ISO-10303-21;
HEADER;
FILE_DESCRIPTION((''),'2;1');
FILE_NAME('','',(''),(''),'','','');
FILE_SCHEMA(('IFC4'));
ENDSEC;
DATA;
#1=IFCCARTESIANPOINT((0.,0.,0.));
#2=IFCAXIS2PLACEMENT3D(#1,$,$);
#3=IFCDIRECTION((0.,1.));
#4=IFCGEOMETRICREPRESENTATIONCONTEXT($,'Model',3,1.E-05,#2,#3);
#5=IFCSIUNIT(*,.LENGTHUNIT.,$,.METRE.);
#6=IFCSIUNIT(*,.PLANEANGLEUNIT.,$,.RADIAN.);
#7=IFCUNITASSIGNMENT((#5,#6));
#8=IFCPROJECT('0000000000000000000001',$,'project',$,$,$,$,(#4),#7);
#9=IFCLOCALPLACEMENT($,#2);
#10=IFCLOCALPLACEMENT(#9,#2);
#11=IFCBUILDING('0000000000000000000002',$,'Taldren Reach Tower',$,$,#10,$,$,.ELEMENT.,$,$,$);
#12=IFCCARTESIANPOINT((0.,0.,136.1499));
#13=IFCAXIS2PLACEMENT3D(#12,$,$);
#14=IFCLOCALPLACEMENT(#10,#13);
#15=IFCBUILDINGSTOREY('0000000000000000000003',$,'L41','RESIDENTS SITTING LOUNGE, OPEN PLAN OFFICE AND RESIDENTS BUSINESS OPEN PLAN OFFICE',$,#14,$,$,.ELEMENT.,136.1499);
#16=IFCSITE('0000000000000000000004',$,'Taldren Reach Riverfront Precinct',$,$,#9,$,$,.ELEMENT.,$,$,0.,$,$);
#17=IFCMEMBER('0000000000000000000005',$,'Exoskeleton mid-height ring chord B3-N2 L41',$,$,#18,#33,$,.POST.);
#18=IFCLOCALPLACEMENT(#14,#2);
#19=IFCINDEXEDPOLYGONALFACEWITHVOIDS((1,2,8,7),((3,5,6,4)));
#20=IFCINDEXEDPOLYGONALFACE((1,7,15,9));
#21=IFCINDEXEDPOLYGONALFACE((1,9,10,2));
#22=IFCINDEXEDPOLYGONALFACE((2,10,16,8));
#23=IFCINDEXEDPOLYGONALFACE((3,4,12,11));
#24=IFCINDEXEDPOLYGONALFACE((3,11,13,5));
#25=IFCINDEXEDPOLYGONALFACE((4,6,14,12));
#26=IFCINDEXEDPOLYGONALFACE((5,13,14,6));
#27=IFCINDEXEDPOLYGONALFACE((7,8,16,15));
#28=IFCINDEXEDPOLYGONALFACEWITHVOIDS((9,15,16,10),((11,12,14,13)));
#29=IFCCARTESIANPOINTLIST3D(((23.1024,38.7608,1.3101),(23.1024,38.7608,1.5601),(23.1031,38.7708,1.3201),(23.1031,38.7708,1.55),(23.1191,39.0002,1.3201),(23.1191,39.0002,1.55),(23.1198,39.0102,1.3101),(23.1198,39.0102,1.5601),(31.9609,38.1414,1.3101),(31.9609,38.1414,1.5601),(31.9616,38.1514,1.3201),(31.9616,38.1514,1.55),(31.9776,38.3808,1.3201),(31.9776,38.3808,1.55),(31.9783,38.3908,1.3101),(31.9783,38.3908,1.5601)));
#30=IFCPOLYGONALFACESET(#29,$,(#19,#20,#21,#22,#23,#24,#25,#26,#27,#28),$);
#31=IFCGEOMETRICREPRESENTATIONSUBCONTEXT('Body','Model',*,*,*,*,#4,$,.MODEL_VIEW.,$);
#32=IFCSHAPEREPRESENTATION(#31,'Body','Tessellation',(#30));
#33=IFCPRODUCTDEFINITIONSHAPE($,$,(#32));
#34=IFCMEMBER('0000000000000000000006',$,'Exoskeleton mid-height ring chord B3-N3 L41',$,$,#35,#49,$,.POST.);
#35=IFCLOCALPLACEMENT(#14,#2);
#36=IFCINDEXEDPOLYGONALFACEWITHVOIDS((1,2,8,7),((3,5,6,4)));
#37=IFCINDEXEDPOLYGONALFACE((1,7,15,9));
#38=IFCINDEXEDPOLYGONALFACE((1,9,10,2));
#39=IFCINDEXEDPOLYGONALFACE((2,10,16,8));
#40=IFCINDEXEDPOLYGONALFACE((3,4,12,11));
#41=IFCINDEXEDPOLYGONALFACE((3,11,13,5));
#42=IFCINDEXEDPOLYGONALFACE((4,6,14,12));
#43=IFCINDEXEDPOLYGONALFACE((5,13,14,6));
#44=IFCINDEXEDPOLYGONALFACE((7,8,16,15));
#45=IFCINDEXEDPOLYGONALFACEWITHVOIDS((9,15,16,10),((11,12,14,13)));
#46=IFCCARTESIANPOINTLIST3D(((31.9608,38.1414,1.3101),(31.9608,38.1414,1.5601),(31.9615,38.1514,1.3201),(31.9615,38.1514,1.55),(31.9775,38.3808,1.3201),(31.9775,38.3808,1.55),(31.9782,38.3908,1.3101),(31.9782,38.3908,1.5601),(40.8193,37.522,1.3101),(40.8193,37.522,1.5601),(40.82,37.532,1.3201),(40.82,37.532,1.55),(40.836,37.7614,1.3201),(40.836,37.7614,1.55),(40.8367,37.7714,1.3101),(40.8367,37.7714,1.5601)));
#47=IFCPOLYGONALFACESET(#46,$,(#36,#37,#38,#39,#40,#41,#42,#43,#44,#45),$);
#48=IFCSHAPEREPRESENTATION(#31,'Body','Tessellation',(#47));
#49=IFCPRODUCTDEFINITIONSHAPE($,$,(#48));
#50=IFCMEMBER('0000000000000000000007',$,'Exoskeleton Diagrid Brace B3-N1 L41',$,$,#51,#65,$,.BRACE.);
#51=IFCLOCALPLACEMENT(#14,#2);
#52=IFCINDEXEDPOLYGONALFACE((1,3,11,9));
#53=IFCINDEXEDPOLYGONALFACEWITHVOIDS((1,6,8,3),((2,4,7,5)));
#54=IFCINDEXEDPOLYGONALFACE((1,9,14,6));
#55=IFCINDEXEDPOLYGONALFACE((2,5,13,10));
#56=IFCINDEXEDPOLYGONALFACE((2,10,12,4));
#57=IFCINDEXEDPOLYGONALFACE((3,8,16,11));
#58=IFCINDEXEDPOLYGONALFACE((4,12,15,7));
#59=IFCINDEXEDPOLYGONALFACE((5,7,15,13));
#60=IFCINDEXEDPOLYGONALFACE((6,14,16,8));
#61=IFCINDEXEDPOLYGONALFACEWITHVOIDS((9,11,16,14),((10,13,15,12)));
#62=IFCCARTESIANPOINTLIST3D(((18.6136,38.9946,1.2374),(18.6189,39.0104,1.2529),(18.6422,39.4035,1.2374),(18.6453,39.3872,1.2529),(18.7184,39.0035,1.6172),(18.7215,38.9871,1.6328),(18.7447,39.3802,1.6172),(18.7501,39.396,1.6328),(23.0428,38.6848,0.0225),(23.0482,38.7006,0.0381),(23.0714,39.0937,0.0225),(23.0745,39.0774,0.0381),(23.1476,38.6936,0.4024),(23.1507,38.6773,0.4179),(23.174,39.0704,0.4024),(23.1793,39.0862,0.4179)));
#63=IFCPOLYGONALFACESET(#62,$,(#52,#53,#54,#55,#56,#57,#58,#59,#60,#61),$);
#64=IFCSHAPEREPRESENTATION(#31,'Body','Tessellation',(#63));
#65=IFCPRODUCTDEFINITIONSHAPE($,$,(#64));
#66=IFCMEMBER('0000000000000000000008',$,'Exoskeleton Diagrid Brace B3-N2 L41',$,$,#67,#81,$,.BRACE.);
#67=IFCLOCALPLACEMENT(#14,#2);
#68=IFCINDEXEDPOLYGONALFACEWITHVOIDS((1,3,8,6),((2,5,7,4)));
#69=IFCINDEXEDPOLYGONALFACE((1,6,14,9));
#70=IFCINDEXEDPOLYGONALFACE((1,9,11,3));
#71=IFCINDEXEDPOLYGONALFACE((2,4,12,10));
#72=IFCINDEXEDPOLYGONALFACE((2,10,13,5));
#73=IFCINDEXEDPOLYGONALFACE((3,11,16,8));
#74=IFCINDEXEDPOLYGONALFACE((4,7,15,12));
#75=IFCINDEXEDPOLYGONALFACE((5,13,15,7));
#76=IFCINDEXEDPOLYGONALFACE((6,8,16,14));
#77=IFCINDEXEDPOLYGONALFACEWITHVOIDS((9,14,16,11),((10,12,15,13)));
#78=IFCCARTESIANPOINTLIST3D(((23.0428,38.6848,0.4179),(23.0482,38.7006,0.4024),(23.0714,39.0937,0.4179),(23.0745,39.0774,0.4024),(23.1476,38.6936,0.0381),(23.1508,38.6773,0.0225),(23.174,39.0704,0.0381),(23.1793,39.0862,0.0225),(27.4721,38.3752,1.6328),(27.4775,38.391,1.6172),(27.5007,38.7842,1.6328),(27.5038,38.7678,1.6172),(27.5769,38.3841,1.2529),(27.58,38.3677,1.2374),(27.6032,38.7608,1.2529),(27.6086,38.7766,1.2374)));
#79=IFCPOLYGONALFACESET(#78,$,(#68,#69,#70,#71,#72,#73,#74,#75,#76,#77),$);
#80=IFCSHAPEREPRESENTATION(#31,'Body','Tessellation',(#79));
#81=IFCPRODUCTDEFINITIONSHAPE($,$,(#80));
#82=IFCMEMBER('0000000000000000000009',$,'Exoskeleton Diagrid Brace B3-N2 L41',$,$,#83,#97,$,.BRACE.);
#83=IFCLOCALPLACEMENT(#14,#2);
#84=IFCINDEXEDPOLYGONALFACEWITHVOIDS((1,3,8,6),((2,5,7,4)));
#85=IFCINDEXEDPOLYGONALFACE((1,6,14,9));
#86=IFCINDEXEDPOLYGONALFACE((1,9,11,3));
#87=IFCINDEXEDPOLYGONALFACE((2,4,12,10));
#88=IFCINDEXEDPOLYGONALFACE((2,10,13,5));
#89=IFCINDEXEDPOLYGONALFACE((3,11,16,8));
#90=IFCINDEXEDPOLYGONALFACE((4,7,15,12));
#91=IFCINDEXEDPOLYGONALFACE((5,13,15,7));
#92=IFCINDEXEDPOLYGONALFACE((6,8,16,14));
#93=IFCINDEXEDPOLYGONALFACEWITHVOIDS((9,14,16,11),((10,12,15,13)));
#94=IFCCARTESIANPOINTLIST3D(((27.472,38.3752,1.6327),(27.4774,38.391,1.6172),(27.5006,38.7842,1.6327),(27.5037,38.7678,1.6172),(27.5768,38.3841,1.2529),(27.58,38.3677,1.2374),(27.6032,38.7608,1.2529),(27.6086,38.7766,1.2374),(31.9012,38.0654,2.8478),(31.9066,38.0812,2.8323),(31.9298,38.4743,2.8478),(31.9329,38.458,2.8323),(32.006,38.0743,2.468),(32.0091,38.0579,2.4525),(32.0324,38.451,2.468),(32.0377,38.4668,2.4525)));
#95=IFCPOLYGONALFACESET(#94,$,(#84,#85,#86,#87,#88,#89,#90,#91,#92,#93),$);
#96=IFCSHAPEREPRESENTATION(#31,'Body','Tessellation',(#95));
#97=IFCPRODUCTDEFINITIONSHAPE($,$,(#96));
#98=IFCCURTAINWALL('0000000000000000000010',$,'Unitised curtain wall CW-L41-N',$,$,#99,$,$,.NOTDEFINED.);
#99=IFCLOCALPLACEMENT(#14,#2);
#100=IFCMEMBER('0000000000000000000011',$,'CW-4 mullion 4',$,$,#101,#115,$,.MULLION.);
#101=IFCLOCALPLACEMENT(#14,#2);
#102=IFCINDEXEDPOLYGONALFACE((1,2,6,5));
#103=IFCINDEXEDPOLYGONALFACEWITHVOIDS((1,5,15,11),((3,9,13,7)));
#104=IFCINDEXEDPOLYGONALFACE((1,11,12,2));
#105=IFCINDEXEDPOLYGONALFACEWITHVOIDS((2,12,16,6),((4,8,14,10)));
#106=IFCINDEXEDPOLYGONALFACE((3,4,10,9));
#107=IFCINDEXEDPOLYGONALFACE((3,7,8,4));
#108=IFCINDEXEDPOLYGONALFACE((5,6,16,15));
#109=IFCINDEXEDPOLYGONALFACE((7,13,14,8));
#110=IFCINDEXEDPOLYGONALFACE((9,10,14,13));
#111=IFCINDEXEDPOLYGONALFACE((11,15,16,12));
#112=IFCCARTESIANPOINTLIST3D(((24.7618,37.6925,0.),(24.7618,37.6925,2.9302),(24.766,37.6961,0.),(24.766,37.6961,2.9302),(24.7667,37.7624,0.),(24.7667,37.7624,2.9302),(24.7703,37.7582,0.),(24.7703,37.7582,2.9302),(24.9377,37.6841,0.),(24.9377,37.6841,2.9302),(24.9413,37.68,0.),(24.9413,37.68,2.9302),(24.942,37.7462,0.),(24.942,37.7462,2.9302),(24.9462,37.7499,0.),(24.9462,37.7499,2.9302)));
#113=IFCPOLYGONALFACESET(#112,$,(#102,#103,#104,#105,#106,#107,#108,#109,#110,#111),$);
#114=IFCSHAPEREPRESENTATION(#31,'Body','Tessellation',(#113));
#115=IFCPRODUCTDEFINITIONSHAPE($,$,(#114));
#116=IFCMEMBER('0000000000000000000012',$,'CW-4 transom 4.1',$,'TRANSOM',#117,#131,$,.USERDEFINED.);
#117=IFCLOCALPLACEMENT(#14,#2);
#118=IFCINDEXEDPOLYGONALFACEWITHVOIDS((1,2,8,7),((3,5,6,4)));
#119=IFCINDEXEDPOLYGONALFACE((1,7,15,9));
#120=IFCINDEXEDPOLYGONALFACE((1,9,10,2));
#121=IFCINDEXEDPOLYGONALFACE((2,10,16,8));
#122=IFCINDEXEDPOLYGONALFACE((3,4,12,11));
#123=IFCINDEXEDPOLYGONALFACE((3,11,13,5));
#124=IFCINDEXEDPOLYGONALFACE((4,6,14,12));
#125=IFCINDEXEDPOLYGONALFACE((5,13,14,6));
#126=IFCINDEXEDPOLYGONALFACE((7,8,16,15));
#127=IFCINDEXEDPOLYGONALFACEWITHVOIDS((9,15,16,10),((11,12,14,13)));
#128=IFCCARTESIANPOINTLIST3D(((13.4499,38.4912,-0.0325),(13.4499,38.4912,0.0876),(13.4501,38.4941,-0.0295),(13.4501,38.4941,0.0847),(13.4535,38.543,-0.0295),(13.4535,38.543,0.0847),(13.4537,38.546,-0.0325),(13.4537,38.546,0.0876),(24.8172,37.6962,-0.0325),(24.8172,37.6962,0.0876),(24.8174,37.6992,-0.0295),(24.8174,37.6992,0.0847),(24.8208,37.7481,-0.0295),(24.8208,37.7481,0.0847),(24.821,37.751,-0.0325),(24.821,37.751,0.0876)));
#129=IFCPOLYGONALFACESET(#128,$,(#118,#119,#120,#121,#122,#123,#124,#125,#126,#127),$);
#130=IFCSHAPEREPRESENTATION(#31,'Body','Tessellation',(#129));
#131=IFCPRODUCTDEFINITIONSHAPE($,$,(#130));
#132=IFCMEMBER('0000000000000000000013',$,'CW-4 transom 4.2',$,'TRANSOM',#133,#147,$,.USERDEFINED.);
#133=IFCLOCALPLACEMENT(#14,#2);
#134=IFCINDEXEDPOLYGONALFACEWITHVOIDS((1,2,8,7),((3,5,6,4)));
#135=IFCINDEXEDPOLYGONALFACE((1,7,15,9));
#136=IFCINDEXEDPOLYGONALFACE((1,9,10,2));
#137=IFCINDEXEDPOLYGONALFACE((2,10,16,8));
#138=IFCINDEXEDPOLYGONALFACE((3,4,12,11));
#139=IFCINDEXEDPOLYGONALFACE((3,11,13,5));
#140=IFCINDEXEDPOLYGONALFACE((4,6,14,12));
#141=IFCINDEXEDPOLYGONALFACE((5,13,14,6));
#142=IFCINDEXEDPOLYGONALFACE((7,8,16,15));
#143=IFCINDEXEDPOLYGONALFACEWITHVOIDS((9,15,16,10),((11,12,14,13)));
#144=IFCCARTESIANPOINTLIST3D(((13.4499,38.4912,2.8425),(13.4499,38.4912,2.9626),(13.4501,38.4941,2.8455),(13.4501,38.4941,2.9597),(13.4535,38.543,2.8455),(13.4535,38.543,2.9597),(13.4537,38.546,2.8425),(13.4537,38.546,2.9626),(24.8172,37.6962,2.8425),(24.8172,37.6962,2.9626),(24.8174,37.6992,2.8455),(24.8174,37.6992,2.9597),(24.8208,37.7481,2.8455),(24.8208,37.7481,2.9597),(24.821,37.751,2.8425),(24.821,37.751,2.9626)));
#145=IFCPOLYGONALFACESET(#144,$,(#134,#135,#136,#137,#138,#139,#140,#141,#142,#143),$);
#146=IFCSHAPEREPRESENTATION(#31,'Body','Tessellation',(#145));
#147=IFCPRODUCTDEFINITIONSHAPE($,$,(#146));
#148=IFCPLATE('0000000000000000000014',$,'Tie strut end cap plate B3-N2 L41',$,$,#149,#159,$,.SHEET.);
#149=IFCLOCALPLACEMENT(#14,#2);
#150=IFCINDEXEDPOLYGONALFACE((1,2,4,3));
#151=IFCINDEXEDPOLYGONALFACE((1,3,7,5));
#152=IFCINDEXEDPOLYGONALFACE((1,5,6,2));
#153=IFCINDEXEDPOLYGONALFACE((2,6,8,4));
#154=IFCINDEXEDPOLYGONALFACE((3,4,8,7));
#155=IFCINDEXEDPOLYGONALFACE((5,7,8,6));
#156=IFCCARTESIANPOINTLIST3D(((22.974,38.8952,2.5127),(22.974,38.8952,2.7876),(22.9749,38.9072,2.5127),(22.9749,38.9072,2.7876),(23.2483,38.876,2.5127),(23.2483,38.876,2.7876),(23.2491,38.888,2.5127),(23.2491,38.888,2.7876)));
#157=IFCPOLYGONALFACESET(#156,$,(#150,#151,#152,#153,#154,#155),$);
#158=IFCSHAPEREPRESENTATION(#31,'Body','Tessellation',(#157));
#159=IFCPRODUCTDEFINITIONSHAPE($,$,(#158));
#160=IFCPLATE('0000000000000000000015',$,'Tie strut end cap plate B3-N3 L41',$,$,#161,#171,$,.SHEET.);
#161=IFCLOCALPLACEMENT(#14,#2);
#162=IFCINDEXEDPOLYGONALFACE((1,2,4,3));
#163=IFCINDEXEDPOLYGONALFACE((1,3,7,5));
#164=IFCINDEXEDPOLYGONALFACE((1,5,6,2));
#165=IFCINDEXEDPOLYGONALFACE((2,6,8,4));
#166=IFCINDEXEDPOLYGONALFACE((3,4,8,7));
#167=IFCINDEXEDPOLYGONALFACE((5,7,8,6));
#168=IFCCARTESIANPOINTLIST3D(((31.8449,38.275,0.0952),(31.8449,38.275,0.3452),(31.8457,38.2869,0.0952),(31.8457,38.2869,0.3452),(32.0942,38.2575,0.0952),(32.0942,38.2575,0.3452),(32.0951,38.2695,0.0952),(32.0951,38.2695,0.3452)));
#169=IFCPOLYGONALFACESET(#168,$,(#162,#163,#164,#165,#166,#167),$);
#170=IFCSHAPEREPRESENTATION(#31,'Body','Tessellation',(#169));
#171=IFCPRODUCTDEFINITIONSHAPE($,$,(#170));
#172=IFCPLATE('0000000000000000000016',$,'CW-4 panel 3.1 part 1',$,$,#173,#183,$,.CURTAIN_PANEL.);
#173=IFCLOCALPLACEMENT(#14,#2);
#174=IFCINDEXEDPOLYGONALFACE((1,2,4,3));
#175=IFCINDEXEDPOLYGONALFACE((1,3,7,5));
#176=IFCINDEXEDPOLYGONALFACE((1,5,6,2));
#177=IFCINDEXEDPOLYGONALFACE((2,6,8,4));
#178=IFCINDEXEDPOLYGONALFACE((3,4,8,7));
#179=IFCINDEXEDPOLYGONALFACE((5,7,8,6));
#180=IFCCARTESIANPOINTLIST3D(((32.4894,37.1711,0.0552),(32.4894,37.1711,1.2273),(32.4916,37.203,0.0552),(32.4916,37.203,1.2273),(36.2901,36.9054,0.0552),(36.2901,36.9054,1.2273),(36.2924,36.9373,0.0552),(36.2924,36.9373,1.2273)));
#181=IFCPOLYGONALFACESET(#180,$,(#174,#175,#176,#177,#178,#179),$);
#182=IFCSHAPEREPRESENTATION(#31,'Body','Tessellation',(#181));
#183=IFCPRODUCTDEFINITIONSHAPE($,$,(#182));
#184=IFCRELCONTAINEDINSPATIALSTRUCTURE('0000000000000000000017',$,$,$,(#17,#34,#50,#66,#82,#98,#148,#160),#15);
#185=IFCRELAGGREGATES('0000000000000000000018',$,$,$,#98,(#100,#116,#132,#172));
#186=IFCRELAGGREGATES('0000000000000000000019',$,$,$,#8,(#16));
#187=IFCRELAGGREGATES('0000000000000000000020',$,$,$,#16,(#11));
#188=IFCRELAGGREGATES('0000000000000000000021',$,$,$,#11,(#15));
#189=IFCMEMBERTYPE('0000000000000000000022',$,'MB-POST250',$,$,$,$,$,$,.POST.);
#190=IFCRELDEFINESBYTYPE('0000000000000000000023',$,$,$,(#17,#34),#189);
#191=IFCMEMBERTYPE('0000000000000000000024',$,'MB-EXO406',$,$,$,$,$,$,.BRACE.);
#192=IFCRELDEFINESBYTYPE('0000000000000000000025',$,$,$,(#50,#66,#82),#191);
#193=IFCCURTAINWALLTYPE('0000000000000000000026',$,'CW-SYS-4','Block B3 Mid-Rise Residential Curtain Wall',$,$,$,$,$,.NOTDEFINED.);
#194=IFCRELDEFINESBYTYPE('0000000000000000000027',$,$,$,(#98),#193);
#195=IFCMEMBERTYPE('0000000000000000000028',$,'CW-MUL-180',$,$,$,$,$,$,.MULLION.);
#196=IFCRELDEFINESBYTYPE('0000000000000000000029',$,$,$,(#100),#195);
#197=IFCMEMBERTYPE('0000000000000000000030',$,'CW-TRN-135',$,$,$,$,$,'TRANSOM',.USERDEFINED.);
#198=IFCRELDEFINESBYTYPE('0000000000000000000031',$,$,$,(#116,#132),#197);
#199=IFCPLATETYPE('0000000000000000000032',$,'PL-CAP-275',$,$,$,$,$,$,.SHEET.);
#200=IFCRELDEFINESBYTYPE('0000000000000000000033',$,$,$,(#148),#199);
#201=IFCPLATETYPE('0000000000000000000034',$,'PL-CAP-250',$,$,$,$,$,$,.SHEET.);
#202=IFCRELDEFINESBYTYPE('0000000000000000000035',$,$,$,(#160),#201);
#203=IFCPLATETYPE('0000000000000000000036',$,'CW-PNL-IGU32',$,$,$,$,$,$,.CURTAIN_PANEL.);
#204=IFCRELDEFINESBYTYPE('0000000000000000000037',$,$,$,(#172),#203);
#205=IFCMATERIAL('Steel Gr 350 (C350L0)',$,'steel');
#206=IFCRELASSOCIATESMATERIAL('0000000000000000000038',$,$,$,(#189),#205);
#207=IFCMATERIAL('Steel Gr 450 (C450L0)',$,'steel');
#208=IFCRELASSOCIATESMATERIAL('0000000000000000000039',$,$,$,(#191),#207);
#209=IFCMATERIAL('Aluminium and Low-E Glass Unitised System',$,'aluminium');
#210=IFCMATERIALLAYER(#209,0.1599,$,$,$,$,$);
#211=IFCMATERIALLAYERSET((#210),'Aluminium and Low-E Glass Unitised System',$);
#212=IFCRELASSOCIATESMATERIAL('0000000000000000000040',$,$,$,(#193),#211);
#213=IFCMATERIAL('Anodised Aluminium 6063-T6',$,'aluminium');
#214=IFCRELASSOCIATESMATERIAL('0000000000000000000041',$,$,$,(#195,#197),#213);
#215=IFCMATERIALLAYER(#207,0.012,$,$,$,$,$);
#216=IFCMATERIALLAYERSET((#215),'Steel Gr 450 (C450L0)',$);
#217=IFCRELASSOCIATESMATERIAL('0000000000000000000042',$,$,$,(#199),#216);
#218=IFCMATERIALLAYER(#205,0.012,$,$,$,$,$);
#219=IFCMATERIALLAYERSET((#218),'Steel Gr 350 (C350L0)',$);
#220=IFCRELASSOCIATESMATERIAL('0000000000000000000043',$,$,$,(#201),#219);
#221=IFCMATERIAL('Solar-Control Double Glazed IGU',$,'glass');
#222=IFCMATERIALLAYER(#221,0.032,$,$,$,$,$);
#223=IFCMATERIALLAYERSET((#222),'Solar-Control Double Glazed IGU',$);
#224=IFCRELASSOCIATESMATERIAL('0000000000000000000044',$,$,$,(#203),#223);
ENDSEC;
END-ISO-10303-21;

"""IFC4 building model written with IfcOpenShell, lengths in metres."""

from ifc_helpers import new_model, si_unit, direction, frame, origin, origin_2d, place, context, subcontext, project, spatial, rectangle, hollow_rectangle, extrude, source, transform, mapped, material, layer, layer_set, material_profile, profile_set, type_object, element, aggregate, save


model = new_model("IFC4")

# Units and contexts
model_context = context("Model", 3, precision=1e-05, world=origin(), true_north=direction((0.0, 1.0)))
body_context = subcontext(model_context, "Body", "Model", "MODEL_VIEW")
ifc_project = project(units=[si_unit("LENGTHUNIT", "METRE"), si_unit("PLANEANGLEUNIT", "RADIAN")], contexts=[model_context])

# Site, building, storey
site_placement = place(None, origin())
site = spatial("IfcSite", under=ifc_project, at=site_placement, Name="Taldren Reach Riverfront Precinct", CompositionType="ELEMENT", RefElevation=0.0)
building_placement = place(site_placement, origin())
building = spatial("IfcBuilding", under=site, at=building_placement, Name="Taldren Reach Tower", CompositionType="ELEMENT")
storey_placement = place(building_placement, frame((0.0, 0.0, 136.1499)))
storey = spatial("IfcBuildingStorey", under=building, at=storey_placement, Name="L41", Description="RESIDENTS SITTING LOUNGE, OPEN PLAN OFFICE AND RESIDENTS BUSINESS OPEN PLAN OFFICE", CompositionType="ELEMENT", Elevation=136.1499)

# Shared definitions
ifc_material_1 = material(Name="Steel Gr 450 (C450L0)", Category="steel")
ifc_material_2 = material(Name="Steel Gr 350 (C350L0)", Category="steel")
ifc_material_profile_1 = material_profile(ifc_material_2, hollow_rectangle(XDim=0.25, YDim=0.25, WallThickness=0.01, at=origin_2d()), Name="250x250x10.0SHS")
ifc_profile_set_1 = profile_set([ifc_material_profile_1], Name="Steel Gr 350 (C350L0)")
member_type_1 = type_object("IfcMemberType", Name="MB-POST250", PredefinedType="POST", material=ifc_profile_set_1)

# Members
shared_shape_1 = source(origin(), body_context, "Body", "SweptSolid", [
    extrude(hollow_rectangle(XDim=0.25, YDim=0.25, WallThickness=0.01, at=origin_2d()), origin(), (0.0, 0.0, 1.0), 8.8801),
])
for number, where, z_axis, x_axis, name in (
    (1, (23.1111, 38.8855, 1.4351), (0.997564, -0.06975, 0.0), (0.06975, 0.997564, 0.0), "Exoskeleton mid-height ring chord B3-N2 L41"),
    (2, (31.9695, 38.2661, 1.4351), (0.997564, -0.06975, 0.0), (0.06975, 0.997564, 0.0), "Exoskeleton mid-height ring chord B3-N3 L41"),
):
    element("IfcMember", number, at=place(storey_placement, frame(where, z_axis=z_axis, x_axis=x_axis)), inside=storey, type_object=member_type_1, Name=name, PredefinedType="POST", context=body_context, shape_type="MappedRepresentation", body=[
        mapped(shared_shape_1, transform((0.0, 0.0, 0.0), scale=1.0)),
    ])
ifc_material_profile_2 = material_profile(ifc_material_1, hollow_rectangle(XDim=0.4099, YDim=0.4099, WallThickness=0.0161, at=origin_2d()), Name="410x410x16.0SHS")
ifc_profile_set_2 = profile_set([ifc_material_profile_2], Name="Steel Gr 450 (C450L0)")
member_type_2 = type_object("IfcMemberType", Name="MB-EXO406", PredefinedType="BRACE", material=ifc_profile_set_2)
shared_shape_2 = source(origin(), body_context, "Body", "SweptSolid", [
    extrude(hollow_rectangle(XDim=0.4099, YDim=0.4099, WallThickness=0.0161, at=origin_2d()), origin(), (0.0, 0.0, 1.0), 4.6033),
])
for number, where, z_axis, x_axis, name in (
    (3, (23.1111, 38.8855, 0.2202), (-0.962196, 0.067304, 0.263912), (-0.069778, -0.997563, 0.0), "Exoskeleton Diagrid Brace B3-N1 L41"),
    (4, (23.1111, 38.8855, 0.2202), (0.962199, -0.067251, 0.263913), (0.069723, 0.997566, 0.0), "Exoskeleton Diagrid Brace B3-N2 L41"),
    (5, (27.5403, 38.5759, 1.4351), (0.962182, -0.067303, 0.263961), (0.069778, 0.997563, 0.0), "Exoskeleton Diagrid Brace B3-N2 L41"),
):
    element("IfcMember", number, at=place(storey_placement, frame(where, z_axis=z_axis, x_axis=x_axis)), inside=storey, type_object=member_type_2, Name=name, PredefinedType="BRACE", context=body_context, shape_type="MappedRepresentation", body=[
        mapped(shared_shape_2, transform((0.0, 0.0, 0.0), scale=1.0)),
    ])

# Curtain wall, members
ifc_material_3 = material(Name="Aluminium and Low-E Glass Unitised System", Category="aluminium")
ifc_layer_1 = layer(ifc_material_3, 0.1599)
ifc_layer_set_1 = layer_set([ifc_layer_1], Name="Aluminium and Low-E Glass Unitised System")
curtain_wall_type = type_object("IfcCurtainWallType", Name="CW-SYS-4", Description="Block B3 Mid-Rise Residential Curtain Wall", PredefinedType="NOTDEFINED", material=ifc_layer_set_1)
curtain_wall_placement = place(storey_placement, origin())
curtain_wall = element("IfcCurtainWall", 6, at=curtain_wall_placement, inside=storey, type_object=curtain_wall_type, Name="Unitised curtain wall CW-L41-N", PredefinedType="NOTDEFINED")
ifc_material_4 = material(Name="Anodised Aluminium 6063-T6", Category="aluminium")
ifc_material_profile_3 = material_profile(ifc_material_4, hollow_rectangle(XDim=0.0701, YDim=0.1799, WallThickness=0.0039, at=origin_2d()), Name="ALU-180x70x4RHS")
ifc_profile_set_3 = profile_set([ifc_material_profile_3], Name="Anodised Aluminium 6063-T6")
member_type_3 = type_object("IfcMemberType", Name="CW-MUL-180", PredefinedType="MULLION", material=ifc_profile_set_3)
shared_shape_3 = source(origin(), body_context, "Body", "SweptSolid", [
    extrude(hollow_rectangle(XDim=0.0701, YDim=0.1799, WallThickness=0.0039, at=origin_2d()), origin(), (0.0, 0.0, 1.0), 2.9302),
])
member_1_placement = place(storey_placement, frame((24.854, 37.7212, 0.0), z_axis=(0.0, 0.0, 1.0), x_axis=(-0.069757, -0.997564, 0.0)))
member_1 = element("IfcMember", 7, at=member_1_placement, type_object=member_type_3, Name="CW-4 mullion 4", PredefinedType="MULLION", context=body_context, shape_type="MappedRepresentation", body=[
    mapped(shared_shape_3, transform((0.0, 0.0, 0.0), scale=1.0)),
])
ifc_material_profile_4 = material_profile(ifc_material_4, hollow_rectangle(XDim=0.0549, YDim=0.1201, WallThickness=0.0029, at=origin_2d()), Name="ALU-120x55x3RHS")
ifc_profile_set_4 = profile_set([ifc_material_profile_4], Name="Anodised Aluminium 6063-T6")
member_type_4 = type_object("IfcMemberType", Name="CW-TRN-135", ElementType="TRANSOM", PredefinedType="USERDEFINED", material=ifc_profile_set_4)
shared_shape_4 = source(origin(), body_context, "Body", "SweptSolid", [
    extrude(hollow_rectangle(XDim=0.0549, YDim=0.1201, WallThickness=0.0029, at=origin_2d()), origin(), (0.0, 0.0, 1.0), 11.395),
])
member_2_placement = place(storey_placement, frame((24.8191, 37.7236, 0.0276), z_axis=(-0.997564, 0.069761, 0.0), x_axis=(-0.069761, -0.997564, 0.0)))
member_2 = element("IfcMember", 8, at=member_2_placement, type_object=member_type_4, Name="CW-4 transom 4.1", ObjectType="TRANSOM", PredefinedType="USERDEFINED", context=body_context, shape_type="MappedRepresentation", body=[
    mapped(shared_shape_4, transform((0.0, 0.0, 0.0), scale=1.0)),
])
member_3_placement = place(storey_placement, frame((24.8191, 37.7236, 2.9026), z_axis=(-0.997564, 0.069761, 0.0), x_axis=(-0.069761, -0.997564, 0.0)))
member_3 = element("IfcMember", 9, at=member_3_placement, type_object=member_type_4, Name="CW-4 transom 4.2", ObjectType="TRANSOM", PredefinedType="USERDEFINED", context=body_context, shape_type="MappedRepresentation", body=[
    mapped(shared_shape_4, transform((0.0, 0.0, 0.0), scale=1.0)),
])

# Plates
ifc_layer_2 = layer(ifc_material_1, 0.012)
ifc_layer_set_2 = layer_set([ifc_layer_2], Name="Steel Gr 450 (C450L0)")
plate_type_1 = type_object("IfcPlateType", Name="PL-CAP-275", PredefinedType="SHEET", material=ifc_layer_set_2)
shared_shape_5 = source(origin(), body_context, "Body", "SweptSolid", [
    extrude(rectangle(XDim=0.2749, YDim=0.012, at=origin_2d()), origin(), (0.0, 0.0, 1.0), 0.2749),
])
plate_1_placement = place(storey_placement, frame((23.1116, 38.8916, 2.5127), z_axis=(0.0, 0.0, 1.0), x_axis=(0.997564, -0.069756, 0.0)))
element("IfcPlate", 10, at=plate_1_placement, inside=storey, type_object=plate_type_1, Name="Tie strut end cap plate B3-N2 L41", PredefinedType="SHEET", context=body_context, shape_type="MappedRepresentation", body=[
    mapped(shared_shape_5, transform((0.0, 0.0, 0.0), scale=1.0)),
])
ifc_layer_3 = layer(ifc_material_2, 0.012)
ifc_layer_set_3 = layer_set([ifc_layer_3], Name="Steel Gr 350 (C350L0)")
plate_type_2 = type_object("IfcPlateType", Name="PL-CAP-250", PredefinedType="SHEET", material=ifc_layer_set_3)
shared_shape_6 = source(origin(), body_context, "Body", "SweptSolid", [
    extrude(rectangle(XDim=0.25, YDim=0.012, at=origin_2d()), origin(), (0.0, 0.0, 1.0), 0.25),
])
plate_2_placement = place(storey_placement, frame((31.97, 38.2722, 0.0952), z_axis=(0.0, 0.0, 1.0), x_axis=(0.997564, -0.069756, 0.0)))
element("IfcPlate", 11, at=plate_2_placement, inside=storey, type_object=plate_type_2, Name="Tie strut end cap plate B3-N3 L41", PredefinedType="SHEET", context=body_context, shape_type="MappedRepresentation", body=[
    mapped(shared_shape_6, transform((0.0, 0.0, 0.0), scale=1.0)),
])

# Plate
ifc_material_5 = material(Name="Solar-Control Double Glazed IGU", Category="glass")
ifc_layer_4 = layer(ifc_material_5, 0.032)
ifc_layer_set_4 = layer_set([ifc_layer_4], Name="Solar-Control Double Glazed IGU")
plate_type_3 = type_object("IfcPlateType", Name="CW-PNL-IGU32", PredefinedType="CURTAIN_PANEL", material=ifc_layer_set_4)
shared_shape_7 = source(origin(), body_context, "Body", "SweptSolid", [
    extrude(rectangle(XDim=3.8101, YDim=0.032, at=origin_2d()), origin(), (0.0, 0.0, 1.0), 1.1721),
])
plate_3_placement = place(storey_placement, frame((34.3909, 37.0542, 0.0552), z_axis=(0.0, 0.0, 1.0), x_axis=(-0.997564, 0.069757, 0.0)))
plate_3 = element("IfcPlate", 12, at=plate_3_placement, type_object=plate_type_3, Name="CW-4 panel 3.1 part 1", PredefinedType="CURTAIN_PANEL", context=body_context, shape_type="MappedRepresentation", body=[
    mapped(shared_shape_7, transform((0.0, 0.0, 0.0), scale=1.0)),
])
aggregate(curtain_wall, [member_1, member_2, member_3, plate_3])

save(model, "model.ifc")
